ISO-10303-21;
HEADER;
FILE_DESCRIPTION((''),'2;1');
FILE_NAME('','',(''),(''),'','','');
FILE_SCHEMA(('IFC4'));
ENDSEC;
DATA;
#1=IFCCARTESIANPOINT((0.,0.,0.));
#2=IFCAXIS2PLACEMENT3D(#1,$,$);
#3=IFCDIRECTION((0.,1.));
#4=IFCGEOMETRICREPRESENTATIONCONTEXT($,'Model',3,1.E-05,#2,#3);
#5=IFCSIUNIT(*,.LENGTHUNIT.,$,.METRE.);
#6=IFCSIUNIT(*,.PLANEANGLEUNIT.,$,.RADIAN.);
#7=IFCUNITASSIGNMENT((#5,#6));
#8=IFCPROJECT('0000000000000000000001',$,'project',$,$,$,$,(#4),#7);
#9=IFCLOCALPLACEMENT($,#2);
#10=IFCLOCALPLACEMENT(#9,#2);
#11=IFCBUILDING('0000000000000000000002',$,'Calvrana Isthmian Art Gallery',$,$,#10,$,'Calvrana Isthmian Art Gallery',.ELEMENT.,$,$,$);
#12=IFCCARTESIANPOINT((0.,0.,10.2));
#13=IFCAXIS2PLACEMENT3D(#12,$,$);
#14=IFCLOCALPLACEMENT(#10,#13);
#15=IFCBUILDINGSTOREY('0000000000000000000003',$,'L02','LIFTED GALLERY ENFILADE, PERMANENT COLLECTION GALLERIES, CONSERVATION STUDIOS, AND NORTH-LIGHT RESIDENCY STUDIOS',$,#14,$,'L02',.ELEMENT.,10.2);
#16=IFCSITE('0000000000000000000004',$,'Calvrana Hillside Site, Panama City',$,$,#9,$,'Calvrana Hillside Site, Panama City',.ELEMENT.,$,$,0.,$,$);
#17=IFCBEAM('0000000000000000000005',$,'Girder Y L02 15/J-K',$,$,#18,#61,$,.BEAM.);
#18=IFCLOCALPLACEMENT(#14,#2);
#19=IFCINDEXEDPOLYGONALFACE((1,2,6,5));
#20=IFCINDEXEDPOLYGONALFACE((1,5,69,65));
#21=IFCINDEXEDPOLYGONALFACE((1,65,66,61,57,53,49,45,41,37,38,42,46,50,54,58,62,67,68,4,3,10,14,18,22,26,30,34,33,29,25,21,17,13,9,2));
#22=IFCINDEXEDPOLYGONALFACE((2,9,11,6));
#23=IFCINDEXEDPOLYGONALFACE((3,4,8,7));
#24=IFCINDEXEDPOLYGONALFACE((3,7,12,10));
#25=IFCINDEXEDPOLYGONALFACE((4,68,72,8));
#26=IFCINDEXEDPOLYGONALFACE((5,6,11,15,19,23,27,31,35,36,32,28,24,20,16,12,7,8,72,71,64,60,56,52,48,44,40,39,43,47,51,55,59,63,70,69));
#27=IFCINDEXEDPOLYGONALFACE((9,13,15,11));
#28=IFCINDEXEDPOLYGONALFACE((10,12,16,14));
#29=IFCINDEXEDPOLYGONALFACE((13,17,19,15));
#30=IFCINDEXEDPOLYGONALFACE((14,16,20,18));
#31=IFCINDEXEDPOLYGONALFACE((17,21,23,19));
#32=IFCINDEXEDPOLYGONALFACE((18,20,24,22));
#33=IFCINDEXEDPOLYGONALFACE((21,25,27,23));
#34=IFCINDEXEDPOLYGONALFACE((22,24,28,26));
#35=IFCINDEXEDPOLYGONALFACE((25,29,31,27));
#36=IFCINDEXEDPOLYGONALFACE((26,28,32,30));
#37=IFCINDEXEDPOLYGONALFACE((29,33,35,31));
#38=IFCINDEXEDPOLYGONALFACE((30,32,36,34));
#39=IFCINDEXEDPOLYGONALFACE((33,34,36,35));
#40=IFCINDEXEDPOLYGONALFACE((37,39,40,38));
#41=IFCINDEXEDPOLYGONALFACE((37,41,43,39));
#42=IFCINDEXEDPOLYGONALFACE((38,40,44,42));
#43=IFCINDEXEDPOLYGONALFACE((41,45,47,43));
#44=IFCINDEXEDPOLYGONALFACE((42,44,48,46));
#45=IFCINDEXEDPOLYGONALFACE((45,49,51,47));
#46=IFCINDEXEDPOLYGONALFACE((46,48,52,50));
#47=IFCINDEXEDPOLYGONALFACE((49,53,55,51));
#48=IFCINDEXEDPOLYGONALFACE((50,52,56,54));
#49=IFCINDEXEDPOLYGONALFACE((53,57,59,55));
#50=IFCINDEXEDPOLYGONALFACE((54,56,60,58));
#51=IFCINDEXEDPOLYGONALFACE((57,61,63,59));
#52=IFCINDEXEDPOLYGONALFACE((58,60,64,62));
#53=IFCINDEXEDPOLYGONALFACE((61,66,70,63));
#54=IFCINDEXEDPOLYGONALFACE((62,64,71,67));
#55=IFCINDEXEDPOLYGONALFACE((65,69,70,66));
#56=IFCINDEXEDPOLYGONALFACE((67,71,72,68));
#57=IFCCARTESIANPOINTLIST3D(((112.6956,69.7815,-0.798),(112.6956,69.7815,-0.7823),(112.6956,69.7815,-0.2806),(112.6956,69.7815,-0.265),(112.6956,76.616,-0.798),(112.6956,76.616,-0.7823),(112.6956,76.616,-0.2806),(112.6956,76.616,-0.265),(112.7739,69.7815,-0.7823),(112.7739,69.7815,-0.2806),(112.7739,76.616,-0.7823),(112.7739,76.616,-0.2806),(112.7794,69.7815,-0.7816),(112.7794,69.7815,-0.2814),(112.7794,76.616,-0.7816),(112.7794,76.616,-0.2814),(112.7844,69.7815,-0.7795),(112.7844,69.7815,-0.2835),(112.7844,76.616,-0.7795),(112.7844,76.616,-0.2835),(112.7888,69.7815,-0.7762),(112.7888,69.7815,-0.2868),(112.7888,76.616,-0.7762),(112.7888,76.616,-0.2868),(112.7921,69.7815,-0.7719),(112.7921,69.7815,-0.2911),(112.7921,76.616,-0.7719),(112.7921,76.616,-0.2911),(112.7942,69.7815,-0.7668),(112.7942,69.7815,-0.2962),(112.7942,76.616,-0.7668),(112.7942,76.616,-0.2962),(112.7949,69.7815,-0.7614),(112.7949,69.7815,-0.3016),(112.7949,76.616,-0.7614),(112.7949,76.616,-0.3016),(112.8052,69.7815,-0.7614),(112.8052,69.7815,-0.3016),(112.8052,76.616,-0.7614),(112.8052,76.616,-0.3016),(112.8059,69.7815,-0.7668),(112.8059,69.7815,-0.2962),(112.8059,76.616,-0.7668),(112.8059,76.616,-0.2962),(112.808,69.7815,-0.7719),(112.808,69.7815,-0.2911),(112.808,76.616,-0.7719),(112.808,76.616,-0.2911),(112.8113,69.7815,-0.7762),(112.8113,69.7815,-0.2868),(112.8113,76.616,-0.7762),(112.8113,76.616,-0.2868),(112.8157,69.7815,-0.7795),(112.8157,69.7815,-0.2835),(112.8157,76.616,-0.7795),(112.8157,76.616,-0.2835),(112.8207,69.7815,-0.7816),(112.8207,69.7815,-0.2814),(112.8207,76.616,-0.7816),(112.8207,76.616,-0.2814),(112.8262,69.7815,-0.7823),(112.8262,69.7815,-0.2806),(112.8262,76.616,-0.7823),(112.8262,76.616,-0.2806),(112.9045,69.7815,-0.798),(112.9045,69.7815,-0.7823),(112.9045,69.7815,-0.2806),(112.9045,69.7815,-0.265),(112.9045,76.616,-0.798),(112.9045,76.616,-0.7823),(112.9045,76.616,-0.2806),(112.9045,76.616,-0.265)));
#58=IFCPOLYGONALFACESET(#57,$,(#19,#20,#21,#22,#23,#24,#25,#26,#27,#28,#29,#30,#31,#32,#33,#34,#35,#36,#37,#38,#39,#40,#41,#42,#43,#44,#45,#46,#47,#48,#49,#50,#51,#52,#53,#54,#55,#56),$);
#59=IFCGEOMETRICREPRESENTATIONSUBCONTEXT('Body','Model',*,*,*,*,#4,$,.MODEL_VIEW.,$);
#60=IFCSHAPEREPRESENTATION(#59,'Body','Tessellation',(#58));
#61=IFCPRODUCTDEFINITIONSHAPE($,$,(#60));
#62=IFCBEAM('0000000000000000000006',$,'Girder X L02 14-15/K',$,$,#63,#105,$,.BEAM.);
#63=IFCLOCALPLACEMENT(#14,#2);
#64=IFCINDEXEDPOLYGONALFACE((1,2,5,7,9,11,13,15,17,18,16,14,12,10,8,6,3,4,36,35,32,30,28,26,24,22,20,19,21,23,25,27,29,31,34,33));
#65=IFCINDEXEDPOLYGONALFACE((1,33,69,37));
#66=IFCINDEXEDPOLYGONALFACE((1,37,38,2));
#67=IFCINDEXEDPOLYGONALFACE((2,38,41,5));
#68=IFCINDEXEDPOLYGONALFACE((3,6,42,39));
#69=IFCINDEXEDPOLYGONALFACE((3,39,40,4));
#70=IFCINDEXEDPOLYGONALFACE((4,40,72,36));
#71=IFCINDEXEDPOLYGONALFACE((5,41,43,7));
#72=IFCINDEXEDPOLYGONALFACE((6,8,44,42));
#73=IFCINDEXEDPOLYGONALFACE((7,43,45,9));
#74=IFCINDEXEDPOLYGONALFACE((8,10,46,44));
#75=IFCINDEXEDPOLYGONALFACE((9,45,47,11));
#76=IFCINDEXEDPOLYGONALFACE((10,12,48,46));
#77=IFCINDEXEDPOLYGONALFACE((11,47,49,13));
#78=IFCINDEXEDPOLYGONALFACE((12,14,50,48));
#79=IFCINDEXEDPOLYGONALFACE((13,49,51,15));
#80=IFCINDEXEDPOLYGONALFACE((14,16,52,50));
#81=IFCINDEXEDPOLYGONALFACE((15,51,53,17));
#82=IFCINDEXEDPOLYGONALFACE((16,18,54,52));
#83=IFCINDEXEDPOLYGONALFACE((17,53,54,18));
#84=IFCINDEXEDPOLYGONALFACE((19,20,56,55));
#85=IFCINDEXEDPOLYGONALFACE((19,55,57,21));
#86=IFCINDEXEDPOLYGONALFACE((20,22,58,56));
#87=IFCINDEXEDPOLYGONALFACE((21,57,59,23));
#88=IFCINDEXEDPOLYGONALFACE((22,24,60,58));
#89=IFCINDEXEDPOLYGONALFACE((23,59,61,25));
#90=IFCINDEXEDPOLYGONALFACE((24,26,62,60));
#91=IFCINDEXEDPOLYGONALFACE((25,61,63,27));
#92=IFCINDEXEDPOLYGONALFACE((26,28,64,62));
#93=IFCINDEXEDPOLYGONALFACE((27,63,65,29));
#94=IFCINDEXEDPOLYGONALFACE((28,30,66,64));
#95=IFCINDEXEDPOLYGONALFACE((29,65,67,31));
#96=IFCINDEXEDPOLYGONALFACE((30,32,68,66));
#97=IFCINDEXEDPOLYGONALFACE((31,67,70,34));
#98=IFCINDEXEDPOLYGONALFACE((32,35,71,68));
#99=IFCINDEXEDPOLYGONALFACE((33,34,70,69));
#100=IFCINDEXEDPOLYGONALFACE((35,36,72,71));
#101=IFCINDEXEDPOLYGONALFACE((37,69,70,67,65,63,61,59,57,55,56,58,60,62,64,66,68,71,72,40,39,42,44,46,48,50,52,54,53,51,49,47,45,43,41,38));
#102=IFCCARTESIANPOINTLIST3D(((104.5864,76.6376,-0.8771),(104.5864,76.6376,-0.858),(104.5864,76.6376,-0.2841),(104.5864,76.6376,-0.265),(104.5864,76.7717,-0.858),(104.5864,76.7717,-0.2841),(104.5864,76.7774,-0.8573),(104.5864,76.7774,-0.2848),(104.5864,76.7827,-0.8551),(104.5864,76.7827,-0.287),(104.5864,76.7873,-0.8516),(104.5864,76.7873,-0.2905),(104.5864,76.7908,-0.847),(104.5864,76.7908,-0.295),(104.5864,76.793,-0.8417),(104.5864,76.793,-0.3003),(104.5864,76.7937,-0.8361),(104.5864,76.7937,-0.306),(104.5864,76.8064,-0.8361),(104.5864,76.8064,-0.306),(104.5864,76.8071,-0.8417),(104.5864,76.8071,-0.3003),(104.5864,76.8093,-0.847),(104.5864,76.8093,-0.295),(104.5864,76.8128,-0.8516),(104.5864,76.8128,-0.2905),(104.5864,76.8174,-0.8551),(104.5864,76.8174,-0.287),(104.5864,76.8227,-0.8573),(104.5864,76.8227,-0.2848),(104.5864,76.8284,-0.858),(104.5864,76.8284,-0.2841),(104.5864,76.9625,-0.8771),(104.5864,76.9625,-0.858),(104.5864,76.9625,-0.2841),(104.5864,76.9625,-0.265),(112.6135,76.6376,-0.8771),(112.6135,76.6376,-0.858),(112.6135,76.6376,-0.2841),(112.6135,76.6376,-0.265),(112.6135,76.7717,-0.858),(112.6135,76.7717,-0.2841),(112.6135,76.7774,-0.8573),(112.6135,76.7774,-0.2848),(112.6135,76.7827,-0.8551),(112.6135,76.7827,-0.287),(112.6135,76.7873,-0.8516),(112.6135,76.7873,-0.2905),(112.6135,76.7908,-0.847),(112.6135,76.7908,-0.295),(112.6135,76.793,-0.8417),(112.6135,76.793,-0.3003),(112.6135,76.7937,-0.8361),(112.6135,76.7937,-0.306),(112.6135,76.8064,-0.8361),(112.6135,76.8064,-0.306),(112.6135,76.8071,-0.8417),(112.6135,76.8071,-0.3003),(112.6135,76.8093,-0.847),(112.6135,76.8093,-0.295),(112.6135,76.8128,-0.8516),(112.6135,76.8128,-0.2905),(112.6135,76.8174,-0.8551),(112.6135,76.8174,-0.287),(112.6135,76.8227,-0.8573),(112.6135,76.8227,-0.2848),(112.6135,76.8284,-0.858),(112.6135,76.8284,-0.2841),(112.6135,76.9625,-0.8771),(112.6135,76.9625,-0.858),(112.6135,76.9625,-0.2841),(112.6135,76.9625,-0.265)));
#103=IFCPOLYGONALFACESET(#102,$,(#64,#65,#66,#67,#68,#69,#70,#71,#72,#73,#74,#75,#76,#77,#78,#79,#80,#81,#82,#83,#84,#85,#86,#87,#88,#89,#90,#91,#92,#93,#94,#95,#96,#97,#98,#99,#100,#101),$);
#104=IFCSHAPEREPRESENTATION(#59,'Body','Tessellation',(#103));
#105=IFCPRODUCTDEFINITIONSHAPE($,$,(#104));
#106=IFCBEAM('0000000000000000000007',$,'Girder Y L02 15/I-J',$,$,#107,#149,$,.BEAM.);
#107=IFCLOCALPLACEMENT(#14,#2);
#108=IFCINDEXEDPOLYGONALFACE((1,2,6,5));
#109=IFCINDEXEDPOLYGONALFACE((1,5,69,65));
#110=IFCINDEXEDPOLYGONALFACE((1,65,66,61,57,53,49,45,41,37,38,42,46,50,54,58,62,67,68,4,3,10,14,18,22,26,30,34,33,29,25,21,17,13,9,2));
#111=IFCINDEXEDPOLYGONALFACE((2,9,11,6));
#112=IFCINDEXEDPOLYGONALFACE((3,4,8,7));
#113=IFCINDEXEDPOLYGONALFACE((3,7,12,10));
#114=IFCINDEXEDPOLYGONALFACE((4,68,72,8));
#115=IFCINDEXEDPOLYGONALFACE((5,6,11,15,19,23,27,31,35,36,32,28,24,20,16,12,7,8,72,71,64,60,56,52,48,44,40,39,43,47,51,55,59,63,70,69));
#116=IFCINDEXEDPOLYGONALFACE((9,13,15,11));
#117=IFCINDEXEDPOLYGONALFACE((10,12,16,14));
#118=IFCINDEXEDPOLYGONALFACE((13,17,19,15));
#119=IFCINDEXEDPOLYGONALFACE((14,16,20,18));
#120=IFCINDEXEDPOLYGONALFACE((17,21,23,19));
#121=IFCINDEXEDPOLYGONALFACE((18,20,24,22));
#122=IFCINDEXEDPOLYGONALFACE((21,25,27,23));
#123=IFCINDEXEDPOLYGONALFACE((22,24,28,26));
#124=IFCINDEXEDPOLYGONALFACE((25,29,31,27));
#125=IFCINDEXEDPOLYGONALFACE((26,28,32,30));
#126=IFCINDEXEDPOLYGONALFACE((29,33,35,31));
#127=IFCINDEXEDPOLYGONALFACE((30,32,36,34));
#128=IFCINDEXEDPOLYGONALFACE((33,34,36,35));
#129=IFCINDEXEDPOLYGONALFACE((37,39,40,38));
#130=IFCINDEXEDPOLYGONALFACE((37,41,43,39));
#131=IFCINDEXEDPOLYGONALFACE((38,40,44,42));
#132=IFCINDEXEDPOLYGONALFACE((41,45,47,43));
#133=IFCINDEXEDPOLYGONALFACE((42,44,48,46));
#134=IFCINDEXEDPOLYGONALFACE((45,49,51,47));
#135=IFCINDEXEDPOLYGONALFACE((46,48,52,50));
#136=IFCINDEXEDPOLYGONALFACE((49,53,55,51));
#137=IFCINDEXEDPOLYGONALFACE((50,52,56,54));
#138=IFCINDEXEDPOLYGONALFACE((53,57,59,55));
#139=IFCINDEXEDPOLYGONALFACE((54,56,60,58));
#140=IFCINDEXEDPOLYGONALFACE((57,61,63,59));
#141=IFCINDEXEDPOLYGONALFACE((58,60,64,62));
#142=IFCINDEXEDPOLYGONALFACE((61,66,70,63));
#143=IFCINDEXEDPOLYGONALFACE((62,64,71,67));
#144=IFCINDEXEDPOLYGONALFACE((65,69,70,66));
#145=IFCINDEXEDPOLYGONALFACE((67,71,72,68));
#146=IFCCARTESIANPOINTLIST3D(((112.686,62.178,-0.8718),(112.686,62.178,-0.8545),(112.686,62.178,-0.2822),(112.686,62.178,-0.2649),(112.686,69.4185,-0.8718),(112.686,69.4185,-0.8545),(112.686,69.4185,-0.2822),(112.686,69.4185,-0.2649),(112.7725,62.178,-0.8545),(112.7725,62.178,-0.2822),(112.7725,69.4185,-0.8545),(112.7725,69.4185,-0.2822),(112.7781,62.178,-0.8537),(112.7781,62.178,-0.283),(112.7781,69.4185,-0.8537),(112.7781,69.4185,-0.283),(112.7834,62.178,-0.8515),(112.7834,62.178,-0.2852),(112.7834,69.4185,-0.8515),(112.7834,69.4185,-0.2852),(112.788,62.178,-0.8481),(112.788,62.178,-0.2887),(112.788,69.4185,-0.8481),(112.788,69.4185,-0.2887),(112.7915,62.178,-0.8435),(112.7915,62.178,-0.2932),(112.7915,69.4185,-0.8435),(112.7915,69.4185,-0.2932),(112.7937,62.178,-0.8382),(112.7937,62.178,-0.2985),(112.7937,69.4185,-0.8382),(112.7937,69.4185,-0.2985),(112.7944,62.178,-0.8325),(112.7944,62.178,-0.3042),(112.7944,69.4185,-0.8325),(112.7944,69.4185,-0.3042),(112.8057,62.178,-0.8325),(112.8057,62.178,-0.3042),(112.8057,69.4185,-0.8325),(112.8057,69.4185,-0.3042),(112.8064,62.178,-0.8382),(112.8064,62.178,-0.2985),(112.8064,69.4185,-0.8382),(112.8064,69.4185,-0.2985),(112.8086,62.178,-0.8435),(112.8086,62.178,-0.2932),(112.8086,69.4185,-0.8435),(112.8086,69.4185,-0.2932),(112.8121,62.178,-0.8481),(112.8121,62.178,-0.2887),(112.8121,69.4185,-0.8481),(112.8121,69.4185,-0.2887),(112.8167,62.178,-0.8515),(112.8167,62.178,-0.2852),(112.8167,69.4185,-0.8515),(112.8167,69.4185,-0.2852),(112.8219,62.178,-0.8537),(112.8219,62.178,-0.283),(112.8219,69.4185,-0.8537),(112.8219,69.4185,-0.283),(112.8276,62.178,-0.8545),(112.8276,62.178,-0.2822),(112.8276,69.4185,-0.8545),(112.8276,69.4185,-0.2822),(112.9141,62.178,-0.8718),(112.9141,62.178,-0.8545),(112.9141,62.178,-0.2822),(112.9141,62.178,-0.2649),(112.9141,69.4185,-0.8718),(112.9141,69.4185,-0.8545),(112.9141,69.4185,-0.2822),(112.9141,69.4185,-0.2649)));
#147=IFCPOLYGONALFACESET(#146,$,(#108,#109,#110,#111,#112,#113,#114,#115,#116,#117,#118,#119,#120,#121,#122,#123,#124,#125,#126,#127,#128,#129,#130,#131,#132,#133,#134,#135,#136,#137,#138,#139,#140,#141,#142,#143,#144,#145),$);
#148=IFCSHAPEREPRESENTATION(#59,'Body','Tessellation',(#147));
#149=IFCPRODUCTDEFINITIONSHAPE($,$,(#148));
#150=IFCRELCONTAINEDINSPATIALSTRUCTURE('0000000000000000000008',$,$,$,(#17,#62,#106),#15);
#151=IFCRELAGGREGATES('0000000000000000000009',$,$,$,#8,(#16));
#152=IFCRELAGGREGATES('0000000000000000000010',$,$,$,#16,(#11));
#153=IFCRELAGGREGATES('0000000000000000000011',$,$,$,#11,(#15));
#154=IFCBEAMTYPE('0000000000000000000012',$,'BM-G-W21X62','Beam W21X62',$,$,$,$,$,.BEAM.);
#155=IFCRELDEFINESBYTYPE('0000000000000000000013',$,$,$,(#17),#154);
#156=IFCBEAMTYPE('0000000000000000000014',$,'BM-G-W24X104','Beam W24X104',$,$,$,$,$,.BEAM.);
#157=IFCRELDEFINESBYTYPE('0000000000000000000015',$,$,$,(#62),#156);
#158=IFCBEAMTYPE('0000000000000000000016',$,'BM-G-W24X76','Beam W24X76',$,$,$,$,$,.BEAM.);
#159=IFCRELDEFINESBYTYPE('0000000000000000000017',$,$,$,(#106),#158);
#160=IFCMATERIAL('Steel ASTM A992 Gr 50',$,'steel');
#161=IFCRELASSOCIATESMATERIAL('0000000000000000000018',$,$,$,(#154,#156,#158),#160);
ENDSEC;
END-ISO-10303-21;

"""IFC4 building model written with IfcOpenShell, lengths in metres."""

from ifc_helpers import new_model, si_unit, direction, frame, origin, origin_2d, place, context, subcontext, project, spatial, i_section, extrude, material, material_profile, profile_set, type_object, element, save


model = new_model("IFC4")

# Units and contexts
model_context = context("Model", 3, precision=1e-05, world=origin(), true_north=direction((0.0, 1.0)))
body_context = subcontext(model_context, "Body", "Model", "MODEL_VIEW")
ifc_project = project(units=[si_unit("LENGTHUNIT", "METRE"), si_unit("PLANEANGLEUNIT", "RADIAN")], contexts=[model_context])

# Site, building, storey
site_placement = place(None, origin())
site = spatial("IfcSite", under=ifc_project, at=site_placement, Name="Calvrana Hillside Site, Panama City", LongName="Calvrana Hillside Site, Panama City", CompositionType="ELEMENT", RefElevation=0.0)
building_placement = place(site_placement, origin())
building = spatial("IfcBuilding", under=site, at=building_placement, Name="Calvrana Isthmian Art Gallery", LongName="Calvrana Isthmian Art Gallery", CompositionType="ELEMENT")
storey_placement = place(building_placement, frame((0.0, 0.0, 10.2)))
storey = spatial("IfcBuildingStorey", under=building, at=storey_placement, Name="L02", Description="LIFTED GALLERY ENFILADE, PERMANENT COLLECTION GALLERIES, CONSERVATION STUDIOS, AND NORTH-LIGHT RESIDENCY STUDIOS", LongName="L02", CompositionType="ELEMENT", Elevation=10.2)

# Shared definitions
ifc_material_1 = material(Name="Steel ASTM A992 Gr 50", Category="steel")

# Beams
ifc_material_profile_1 = material_profile(ifc_material_1, i_section(OverallWidth=0.209, OverallDepth=0.533, WebThickness=0.0103, FlangeThickness=0.0156, FilletRadius=0.021, at=origin_2d()), Name="W21X62")
ifc_profile_set_1 = profile_set([ifc_material_profile_1], Name="Steel ASTM A992 Gr 50")
beam_type_1 = type_object("IfcBeamType", Name="BM-G-W21X62", Description="Beam W21X62", PredefinedType="BEAM", material=ifc_profile_set_1)
beam_1_placement = place(storey_placement, frame((112.8, 69.7815, -0.5315), z_axis=(0.0, 1.0, 0.0), x_axis=(-1.0, 0.0, 0.0)))
element("IfcBeam", 1, at=beam_1_placement, inside=storey, type_object=beam_type_1, Name="Girder Y L02 15/J-K", PredefinedType="BEAM", context=body_context, shape_type="SweptSolid", body=[
    extrude(i_section(OverallWidth=0.209, OverallDepth=0.533, WebThickness=0.0103, FlangeThickness=0.0156, FilletRadius=0.021, at=origin_2d()), origin(), (0.0, 0.0, 1.0), 6.8345),
])
ifc_material_profile_2 = material_profile(ifc_material_1, i_section(OverallWidth=0.325, OverallDepth=0.6121, WebThickness=0.0127, FlangeThickness=0.019, FilletRadius=0.022, at=origin_2d()), Name="W24X104")
ifc_profile_set_2 = profile_set([ifc_material_profile_2], Name="Steel ASTM A992 Gr 50")
beam_type_2 = type_object("IfcBeamType", Name="BM-G-W24X104", Description="Beam W24X104", PredefinedType="BEAM", material=ifc_profile_set_2)
beam_2_placement = place(storey_placement, frame((104.5864, 76.8, -0.571), z_axis=(1.0, 0.0, 0.0), x_axis=(0.0, 1.0, 0.0)))
element("IfcBeam", 2, at=beam_2_placement, inside=storey, type_object=beam_type_2, Name="Girder X L02 14-15/K", PredefinedType="BEAM", context=body_context, shape_type="SweptSolid", body=[
    extrude(i_section(OverallWidth=0.325, OverallDepth=0.6121, WebThickness=0.0127, FlangeThickness=0.019, FilletRadius=0.022, at=origin_2d()), origin(), (0.0, 0.0, 1.0), 8.0271),
])
ifc_material_profile_3 = material_profile(ifc_material_1, i_section(OverallWidth=0.228, OverallDepth=0.6069, WebThickness=0.0112, FlangeThickness=0.0173, FilletRadius=0.022, at=origin_2d()), Name="W24X76")
ifc_profile_set_3 = profile_set([ifc_material_profile_3], Name="Steel ASTM A992 Gr 50")
beam_type_3 = type_object("IfcBeamType", Name="BM-G-W24X76", Description="Beam W24X76", PredefinedType="BEAM", material=ifc_profile_set_3)
beam_3_placement = place(storey_placement, frame((112.8, 62.178, -0.5684), z_axis=(0.0, 1.0, 0.0), x_axis=(-1.0, 0.0, 0.0)))
element("IfcBeam", 3, at=beam_3_placement, inside=storey, type_object=beam_type_3, Name="Girder Y L02 15/I-J", PredefinedType="BEAM", context=body_context, shape_type="SweptSolid", body=[
    extrude(i_section(OverallWidth=0.228, OverallDepth=0.6069, WebThickness=0.0112, FlangeThickness=0.0173, FilletRadius=0.022, at=origin_2d()), origin(), (0.0, 0.0, 1.0), 7.2405),
])

save(model, "model.ifc")
